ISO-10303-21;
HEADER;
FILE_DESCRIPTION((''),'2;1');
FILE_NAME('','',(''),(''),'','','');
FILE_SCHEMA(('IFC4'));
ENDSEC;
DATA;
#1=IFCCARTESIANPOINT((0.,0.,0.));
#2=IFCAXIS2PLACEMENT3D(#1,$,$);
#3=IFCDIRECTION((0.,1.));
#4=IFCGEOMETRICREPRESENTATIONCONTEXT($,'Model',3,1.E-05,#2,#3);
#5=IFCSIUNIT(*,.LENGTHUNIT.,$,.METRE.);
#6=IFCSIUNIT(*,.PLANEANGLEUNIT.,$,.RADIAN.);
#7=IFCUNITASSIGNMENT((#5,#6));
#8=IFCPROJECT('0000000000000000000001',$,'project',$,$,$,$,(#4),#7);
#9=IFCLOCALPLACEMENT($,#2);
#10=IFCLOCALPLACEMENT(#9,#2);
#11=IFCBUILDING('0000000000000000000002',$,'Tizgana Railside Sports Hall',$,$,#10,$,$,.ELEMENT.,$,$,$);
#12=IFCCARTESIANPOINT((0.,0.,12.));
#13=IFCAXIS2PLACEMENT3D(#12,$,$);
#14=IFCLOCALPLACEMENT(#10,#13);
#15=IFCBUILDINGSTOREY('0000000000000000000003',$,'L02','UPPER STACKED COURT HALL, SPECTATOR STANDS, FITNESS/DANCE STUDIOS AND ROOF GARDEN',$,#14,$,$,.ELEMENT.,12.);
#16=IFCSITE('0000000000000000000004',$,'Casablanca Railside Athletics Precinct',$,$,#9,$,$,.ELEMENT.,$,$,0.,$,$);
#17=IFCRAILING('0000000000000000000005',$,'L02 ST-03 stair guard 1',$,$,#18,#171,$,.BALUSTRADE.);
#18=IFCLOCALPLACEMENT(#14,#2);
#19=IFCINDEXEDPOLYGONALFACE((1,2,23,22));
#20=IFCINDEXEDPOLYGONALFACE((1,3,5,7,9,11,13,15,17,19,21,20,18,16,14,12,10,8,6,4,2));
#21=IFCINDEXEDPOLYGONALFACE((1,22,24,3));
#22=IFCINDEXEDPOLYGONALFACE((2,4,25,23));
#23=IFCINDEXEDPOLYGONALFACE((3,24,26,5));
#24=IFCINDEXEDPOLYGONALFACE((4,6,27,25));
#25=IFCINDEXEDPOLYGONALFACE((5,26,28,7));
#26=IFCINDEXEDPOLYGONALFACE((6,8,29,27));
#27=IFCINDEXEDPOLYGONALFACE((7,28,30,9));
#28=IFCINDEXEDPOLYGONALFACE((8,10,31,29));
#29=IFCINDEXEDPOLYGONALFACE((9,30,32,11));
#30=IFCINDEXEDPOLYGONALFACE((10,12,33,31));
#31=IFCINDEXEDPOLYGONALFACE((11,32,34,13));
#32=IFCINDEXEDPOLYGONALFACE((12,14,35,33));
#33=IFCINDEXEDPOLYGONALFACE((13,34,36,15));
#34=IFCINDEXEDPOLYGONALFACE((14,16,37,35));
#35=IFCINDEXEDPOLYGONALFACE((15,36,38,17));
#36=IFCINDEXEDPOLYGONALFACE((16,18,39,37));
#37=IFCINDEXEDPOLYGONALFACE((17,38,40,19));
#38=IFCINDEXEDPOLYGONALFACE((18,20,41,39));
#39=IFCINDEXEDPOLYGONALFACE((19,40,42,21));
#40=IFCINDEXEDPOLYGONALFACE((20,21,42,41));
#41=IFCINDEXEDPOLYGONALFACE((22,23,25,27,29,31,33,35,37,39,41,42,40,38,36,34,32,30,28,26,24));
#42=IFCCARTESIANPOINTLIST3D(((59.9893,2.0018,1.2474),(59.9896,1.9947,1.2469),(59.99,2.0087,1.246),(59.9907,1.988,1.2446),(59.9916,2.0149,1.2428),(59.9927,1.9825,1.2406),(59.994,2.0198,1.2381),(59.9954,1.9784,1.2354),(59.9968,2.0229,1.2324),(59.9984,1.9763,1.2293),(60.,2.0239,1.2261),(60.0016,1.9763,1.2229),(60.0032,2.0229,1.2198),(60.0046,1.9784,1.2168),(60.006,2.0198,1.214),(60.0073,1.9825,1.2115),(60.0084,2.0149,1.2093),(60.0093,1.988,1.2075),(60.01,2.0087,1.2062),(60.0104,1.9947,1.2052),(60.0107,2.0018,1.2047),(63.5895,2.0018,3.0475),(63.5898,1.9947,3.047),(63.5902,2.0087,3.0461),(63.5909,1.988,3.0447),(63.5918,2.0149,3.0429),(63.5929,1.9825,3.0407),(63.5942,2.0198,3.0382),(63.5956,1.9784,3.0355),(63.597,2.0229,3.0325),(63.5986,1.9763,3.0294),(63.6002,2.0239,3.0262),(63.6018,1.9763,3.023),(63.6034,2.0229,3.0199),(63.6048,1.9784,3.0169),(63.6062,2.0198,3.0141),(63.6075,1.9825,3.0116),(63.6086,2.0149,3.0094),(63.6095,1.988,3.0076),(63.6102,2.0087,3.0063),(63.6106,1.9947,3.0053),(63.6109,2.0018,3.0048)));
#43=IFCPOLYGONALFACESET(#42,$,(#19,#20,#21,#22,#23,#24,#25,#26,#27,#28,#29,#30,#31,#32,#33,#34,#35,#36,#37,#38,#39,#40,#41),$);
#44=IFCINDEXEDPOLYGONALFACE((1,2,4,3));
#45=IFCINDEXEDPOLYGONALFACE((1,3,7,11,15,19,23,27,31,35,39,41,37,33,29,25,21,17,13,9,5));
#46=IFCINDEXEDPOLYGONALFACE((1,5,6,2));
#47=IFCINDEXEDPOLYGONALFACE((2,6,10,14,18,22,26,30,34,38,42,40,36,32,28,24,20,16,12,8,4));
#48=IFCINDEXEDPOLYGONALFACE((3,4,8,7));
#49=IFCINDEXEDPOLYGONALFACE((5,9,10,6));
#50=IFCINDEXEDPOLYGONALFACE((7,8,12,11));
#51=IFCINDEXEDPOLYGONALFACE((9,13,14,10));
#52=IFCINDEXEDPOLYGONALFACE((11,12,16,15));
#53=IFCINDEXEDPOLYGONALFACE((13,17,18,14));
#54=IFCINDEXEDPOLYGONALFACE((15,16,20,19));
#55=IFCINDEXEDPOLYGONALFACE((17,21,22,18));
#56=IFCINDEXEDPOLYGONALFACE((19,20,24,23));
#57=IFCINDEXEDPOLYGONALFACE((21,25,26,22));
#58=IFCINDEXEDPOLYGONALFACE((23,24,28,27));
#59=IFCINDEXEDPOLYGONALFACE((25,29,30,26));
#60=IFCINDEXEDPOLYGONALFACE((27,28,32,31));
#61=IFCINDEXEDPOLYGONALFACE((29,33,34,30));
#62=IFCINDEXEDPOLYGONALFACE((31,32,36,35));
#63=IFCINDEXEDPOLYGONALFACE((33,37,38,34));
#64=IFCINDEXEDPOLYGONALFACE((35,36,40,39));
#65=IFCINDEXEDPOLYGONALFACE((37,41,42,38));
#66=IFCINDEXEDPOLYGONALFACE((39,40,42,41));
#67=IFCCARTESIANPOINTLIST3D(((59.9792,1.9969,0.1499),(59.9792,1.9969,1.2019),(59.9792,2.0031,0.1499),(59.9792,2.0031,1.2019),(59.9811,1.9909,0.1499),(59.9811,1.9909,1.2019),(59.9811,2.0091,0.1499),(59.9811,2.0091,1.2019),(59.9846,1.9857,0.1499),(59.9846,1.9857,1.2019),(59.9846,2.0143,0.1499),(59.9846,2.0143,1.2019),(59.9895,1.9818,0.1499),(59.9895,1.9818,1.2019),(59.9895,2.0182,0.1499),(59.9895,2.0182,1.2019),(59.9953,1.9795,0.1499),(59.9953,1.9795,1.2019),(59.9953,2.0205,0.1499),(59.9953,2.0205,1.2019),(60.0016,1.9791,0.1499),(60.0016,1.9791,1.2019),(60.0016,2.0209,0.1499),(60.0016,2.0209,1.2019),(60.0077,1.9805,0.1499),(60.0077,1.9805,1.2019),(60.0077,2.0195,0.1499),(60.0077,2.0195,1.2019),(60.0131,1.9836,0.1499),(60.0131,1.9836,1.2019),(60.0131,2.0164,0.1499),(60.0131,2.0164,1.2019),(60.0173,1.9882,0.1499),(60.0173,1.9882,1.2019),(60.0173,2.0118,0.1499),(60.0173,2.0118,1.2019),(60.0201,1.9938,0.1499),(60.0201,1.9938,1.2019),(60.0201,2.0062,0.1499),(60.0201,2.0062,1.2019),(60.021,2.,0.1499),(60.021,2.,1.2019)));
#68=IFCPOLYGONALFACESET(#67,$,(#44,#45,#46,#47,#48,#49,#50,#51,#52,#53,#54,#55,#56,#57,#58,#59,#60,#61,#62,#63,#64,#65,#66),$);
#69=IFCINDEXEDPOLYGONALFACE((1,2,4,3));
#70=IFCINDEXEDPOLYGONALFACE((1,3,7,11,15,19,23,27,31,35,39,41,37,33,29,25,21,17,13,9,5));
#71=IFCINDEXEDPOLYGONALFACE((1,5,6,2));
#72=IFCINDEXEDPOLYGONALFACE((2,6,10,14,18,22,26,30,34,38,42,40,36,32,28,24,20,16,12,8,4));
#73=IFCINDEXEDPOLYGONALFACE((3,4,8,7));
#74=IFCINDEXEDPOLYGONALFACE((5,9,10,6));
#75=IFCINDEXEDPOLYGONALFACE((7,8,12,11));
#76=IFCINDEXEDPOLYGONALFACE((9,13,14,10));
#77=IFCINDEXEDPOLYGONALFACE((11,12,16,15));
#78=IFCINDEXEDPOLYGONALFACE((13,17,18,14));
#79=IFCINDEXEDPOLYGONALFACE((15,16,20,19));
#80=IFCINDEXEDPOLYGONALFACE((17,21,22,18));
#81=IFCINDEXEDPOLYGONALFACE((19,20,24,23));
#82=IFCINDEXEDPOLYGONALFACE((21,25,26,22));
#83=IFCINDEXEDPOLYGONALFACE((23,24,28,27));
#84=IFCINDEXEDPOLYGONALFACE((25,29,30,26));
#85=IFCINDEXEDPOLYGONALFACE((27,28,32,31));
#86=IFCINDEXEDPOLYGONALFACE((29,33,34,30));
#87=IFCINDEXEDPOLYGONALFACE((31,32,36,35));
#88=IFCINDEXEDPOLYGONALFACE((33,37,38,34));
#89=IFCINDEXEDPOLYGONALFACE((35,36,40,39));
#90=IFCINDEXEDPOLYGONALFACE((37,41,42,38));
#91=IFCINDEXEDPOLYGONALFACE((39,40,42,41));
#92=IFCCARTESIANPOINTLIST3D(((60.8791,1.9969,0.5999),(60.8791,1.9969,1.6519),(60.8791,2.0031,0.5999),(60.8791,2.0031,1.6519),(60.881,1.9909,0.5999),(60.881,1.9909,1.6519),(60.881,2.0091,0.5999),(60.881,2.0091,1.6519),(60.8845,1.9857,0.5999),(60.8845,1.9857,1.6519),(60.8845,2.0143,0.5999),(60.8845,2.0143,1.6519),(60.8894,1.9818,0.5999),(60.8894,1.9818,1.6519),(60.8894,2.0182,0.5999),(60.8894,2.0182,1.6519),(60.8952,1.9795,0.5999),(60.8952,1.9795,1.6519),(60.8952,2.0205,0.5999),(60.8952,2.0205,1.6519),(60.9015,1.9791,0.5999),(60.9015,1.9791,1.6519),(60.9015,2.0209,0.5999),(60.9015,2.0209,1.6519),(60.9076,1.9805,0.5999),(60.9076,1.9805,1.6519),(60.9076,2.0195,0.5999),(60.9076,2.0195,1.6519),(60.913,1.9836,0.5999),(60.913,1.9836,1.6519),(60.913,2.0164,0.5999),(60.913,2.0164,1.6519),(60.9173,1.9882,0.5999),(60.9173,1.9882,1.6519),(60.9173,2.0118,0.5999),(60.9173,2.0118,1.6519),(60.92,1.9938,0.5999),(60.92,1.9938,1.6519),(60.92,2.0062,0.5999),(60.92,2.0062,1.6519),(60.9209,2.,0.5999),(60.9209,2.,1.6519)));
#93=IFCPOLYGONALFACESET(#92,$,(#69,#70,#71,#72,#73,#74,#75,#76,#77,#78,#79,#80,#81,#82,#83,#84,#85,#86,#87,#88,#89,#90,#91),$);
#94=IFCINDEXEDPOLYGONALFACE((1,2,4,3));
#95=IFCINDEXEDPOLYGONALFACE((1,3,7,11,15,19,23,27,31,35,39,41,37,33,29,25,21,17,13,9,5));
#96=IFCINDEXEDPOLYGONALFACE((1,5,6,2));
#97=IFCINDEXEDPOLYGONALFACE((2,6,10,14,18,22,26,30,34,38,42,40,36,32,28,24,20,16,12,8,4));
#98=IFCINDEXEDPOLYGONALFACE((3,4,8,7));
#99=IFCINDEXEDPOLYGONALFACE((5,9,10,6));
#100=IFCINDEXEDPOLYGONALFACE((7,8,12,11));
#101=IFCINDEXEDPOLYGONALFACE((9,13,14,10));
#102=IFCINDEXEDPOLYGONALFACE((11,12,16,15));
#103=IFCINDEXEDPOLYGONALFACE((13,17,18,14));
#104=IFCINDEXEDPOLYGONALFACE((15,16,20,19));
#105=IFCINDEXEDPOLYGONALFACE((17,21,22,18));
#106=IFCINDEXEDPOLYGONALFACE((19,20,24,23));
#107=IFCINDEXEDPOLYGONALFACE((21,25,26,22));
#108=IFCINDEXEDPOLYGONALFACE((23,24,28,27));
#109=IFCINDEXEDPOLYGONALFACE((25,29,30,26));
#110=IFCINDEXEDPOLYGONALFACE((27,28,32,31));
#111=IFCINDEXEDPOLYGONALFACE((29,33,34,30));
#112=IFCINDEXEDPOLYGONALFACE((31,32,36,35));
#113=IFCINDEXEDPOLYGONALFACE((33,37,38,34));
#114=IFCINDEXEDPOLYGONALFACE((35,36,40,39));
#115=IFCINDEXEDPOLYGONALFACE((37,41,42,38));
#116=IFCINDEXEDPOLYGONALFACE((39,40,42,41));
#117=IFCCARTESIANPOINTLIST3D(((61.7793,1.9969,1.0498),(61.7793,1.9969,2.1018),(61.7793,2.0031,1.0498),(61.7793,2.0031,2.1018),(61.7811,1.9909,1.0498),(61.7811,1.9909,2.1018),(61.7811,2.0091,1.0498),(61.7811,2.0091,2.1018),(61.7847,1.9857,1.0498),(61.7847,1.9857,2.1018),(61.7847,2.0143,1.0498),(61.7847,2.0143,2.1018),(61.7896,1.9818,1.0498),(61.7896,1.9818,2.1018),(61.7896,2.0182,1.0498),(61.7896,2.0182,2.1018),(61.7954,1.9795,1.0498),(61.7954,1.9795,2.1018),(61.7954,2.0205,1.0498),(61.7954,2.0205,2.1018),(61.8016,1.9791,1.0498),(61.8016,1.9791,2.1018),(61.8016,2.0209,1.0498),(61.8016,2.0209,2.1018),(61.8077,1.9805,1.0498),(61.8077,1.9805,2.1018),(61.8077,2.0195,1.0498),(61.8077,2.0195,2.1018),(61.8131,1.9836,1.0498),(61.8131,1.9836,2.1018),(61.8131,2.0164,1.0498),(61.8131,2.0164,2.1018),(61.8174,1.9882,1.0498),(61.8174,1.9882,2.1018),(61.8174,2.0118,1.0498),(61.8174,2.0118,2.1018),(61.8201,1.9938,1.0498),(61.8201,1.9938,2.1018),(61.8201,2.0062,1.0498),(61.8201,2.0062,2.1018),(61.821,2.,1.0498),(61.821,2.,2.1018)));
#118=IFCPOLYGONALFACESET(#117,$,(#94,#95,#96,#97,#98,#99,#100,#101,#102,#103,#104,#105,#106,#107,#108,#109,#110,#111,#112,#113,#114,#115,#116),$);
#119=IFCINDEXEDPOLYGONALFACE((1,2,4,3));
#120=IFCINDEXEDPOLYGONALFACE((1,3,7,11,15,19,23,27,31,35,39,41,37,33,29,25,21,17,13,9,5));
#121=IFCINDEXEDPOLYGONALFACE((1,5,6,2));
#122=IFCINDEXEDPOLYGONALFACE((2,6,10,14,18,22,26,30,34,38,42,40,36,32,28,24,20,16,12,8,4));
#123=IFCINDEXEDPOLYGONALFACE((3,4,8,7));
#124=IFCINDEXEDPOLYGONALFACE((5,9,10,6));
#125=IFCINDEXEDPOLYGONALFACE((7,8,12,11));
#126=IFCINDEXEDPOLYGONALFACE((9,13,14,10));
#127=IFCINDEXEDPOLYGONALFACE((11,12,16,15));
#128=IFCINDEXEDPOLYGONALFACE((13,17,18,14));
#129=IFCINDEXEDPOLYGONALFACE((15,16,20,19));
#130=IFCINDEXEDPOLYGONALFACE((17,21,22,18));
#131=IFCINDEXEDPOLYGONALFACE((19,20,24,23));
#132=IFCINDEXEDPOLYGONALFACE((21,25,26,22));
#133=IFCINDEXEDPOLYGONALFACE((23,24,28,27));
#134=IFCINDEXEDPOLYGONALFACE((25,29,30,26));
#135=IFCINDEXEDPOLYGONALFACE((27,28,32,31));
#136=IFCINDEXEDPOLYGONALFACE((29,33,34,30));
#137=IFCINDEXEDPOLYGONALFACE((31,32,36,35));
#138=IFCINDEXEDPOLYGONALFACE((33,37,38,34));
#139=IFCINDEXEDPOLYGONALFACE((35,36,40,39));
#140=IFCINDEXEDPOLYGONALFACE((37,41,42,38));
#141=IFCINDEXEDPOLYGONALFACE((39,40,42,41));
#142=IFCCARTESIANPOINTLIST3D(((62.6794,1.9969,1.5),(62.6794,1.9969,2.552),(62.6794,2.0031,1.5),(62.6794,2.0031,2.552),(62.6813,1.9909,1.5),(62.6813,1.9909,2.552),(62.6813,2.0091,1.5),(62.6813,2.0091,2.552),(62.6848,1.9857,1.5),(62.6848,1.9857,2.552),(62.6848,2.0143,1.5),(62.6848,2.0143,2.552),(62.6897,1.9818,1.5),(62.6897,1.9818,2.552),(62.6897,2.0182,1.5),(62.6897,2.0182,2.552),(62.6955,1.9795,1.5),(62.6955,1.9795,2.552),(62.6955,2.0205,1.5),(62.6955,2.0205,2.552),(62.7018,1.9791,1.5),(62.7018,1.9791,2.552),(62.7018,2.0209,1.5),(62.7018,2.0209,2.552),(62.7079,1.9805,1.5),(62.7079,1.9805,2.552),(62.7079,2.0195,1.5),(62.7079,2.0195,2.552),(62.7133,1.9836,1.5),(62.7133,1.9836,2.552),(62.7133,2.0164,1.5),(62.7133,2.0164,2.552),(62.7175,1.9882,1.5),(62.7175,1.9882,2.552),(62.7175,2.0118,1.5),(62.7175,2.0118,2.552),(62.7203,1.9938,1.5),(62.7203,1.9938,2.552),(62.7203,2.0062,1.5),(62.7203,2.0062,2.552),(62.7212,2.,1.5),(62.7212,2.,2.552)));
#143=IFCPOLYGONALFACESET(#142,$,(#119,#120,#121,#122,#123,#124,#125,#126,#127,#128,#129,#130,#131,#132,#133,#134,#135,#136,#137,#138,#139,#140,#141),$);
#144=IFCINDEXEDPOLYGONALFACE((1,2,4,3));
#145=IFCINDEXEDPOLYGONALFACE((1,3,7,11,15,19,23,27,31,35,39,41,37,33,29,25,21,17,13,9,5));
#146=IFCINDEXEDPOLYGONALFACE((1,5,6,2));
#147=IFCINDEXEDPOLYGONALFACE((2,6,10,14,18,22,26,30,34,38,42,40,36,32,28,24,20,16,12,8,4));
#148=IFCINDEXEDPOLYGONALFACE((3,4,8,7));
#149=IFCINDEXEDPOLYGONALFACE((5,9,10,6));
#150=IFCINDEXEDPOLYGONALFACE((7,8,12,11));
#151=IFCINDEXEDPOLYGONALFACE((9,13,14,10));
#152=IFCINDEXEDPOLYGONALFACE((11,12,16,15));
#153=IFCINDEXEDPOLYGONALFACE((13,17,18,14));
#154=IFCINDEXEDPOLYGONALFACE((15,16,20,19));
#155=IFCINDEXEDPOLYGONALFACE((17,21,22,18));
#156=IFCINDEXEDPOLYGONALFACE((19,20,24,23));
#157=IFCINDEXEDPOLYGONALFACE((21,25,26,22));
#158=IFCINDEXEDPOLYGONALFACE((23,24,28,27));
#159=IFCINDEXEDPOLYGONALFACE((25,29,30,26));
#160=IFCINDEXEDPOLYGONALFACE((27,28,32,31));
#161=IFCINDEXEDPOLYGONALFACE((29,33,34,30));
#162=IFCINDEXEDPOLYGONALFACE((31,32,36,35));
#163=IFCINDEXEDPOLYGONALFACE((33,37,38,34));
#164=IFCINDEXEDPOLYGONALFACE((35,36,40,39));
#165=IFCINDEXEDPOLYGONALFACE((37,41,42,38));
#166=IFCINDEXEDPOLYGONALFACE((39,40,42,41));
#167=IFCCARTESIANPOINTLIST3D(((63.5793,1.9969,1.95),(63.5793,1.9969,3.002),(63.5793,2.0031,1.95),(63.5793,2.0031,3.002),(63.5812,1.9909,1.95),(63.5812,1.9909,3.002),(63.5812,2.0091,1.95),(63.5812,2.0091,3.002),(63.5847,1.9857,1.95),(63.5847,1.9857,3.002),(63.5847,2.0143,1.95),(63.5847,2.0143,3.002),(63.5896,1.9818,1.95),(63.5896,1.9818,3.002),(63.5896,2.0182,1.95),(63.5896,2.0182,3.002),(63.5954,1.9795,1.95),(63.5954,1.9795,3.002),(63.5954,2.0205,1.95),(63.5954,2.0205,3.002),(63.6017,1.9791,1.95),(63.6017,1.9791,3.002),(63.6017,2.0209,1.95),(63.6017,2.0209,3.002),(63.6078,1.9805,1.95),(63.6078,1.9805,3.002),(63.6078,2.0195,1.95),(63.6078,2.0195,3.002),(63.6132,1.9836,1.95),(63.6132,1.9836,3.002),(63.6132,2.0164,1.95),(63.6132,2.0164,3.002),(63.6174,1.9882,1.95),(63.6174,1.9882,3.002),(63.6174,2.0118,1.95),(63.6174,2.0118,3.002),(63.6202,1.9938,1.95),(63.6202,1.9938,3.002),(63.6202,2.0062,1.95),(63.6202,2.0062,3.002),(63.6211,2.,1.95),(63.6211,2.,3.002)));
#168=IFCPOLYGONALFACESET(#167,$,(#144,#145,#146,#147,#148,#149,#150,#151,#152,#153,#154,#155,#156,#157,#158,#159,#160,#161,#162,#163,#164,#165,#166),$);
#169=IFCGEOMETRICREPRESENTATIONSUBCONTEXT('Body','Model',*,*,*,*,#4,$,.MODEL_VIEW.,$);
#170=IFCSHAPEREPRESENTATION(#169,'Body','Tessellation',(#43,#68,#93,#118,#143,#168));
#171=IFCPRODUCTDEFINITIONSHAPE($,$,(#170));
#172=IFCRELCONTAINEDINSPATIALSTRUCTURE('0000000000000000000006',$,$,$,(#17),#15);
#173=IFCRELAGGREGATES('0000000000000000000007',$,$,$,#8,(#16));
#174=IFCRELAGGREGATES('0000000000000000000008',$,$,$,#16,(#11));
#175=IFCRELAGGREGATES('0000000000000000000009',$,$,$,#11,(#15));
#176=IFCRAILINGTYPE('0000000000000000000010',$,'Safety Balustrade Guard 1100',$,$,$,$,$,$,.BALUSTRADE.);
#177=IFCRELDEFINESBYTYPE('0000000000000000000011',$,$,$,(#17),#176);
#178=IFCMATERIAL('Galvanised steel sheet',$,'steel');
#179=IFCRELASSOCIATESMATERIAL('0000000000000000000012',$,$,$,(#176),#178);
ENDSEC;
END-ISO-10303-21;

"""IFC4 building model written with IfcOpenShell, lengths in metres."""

from ifc_helpers import new_model, si_unit, direction, frame, origin, origin_2d, place, context, subcontext, project, spatial, circle, extrude, material, type_object, element, save


model = new_model("IFC4")

# Units and contexts
model_context = context("Model", 3, precision=1e-05, world=origin(), true_north=direction((0.0, 1.0)))
body_context = subcontext(model_context, "Body", "Model", "MODEL_VIEW")
ifc_project = project(units=[si_unit("LENGTHUNIT", "METRE"), si_unit("PLANEANGLEUNIT", "RADIAN")], contexts=[model_context])

# Site, building, storey
site_placement = place(None, origin())
site = spatial("IfcSite", under=ifc_project, at=site_placement, Name="Casablanca Railside Athletics Precinct", CompositionType="ELEMENT", RefElevation=0.0)
building_placement = place(site_placement, origin())
building = spatial("IfcBuilding", under=site, at=building_placement, Name="Tizgana Railside Sports Hall", CompositionType="ELEMENT")
storey_placement = place(building_placement, frame((0.0, 0.0, 12.0)))
storey = spatial("IfcBuildingStorey", under=building, at=storey_placement, Name="L02", Description="UPPER STACKED COURT HALL, SPECTATOR STANDS, FITNESS/DANCE STUDIOS AND ROOF GARDEN", CompositionType="ELEMENT", Elevation=12.0)

# Railing
ifc_material_1 = material(Name="Galvanised steel sheet", Category="steel")
railing_type_1 = type_object("IfcRailingType", Name="Safety Balustrade Guard 1100", PredefinedType="BALUSTRADE", material=ifc_material_1)
railing_1_placement = place(storey_placement, frame((60.0, 2.0, 0.1499)))
element("IfcRailing", 1, at=railing_1_placement, inside=storey, type_object=railing_type_1, Name="L02 ST-03 stair guard 1", PredefinedType="BALUSTRADE", context=body_context, shape_type="SweptSolid", body=[
    extrude(circle(Radius=0.0239, at=origin_2d()), frame((0.0, 0.0, 1.0762), z_axis=(0.894427, 0.0, 0.447214), x_axis=(0.0, 1.0, 0.0)), (0.0, 0.0, 1.0), 4.0251),
    extrude(circle(Radius=0.021, at=origin_2d()), origin(), (0.0, 0.0, 1.0), 1.052),
    extrude(circle(Radius=0.021, at=origin_2d()), frame((0.8999, 0.0, 0.45)), (0.0, 0.0, 1.0), 1.052),
    extrude(circle(Radius=0.021, at=origin_2d()), frame((1.8, 0.0, 0.8999)), (0.0, 0.0, 1.0), 1.052),
    extrude(circle(Radius=0.021, at=origin_2d()), frame((2.7002, 0.0, 1.3501)), (0.0, 0.0, 1.0), 1.052),
    extrude(circle(Radius=0.021, at=origin_2d()), frame((3.6001, 0.0, 1.8)), (0.0, 0.0, 1.0), 1.052),
])

save(model, "model.ifc")
